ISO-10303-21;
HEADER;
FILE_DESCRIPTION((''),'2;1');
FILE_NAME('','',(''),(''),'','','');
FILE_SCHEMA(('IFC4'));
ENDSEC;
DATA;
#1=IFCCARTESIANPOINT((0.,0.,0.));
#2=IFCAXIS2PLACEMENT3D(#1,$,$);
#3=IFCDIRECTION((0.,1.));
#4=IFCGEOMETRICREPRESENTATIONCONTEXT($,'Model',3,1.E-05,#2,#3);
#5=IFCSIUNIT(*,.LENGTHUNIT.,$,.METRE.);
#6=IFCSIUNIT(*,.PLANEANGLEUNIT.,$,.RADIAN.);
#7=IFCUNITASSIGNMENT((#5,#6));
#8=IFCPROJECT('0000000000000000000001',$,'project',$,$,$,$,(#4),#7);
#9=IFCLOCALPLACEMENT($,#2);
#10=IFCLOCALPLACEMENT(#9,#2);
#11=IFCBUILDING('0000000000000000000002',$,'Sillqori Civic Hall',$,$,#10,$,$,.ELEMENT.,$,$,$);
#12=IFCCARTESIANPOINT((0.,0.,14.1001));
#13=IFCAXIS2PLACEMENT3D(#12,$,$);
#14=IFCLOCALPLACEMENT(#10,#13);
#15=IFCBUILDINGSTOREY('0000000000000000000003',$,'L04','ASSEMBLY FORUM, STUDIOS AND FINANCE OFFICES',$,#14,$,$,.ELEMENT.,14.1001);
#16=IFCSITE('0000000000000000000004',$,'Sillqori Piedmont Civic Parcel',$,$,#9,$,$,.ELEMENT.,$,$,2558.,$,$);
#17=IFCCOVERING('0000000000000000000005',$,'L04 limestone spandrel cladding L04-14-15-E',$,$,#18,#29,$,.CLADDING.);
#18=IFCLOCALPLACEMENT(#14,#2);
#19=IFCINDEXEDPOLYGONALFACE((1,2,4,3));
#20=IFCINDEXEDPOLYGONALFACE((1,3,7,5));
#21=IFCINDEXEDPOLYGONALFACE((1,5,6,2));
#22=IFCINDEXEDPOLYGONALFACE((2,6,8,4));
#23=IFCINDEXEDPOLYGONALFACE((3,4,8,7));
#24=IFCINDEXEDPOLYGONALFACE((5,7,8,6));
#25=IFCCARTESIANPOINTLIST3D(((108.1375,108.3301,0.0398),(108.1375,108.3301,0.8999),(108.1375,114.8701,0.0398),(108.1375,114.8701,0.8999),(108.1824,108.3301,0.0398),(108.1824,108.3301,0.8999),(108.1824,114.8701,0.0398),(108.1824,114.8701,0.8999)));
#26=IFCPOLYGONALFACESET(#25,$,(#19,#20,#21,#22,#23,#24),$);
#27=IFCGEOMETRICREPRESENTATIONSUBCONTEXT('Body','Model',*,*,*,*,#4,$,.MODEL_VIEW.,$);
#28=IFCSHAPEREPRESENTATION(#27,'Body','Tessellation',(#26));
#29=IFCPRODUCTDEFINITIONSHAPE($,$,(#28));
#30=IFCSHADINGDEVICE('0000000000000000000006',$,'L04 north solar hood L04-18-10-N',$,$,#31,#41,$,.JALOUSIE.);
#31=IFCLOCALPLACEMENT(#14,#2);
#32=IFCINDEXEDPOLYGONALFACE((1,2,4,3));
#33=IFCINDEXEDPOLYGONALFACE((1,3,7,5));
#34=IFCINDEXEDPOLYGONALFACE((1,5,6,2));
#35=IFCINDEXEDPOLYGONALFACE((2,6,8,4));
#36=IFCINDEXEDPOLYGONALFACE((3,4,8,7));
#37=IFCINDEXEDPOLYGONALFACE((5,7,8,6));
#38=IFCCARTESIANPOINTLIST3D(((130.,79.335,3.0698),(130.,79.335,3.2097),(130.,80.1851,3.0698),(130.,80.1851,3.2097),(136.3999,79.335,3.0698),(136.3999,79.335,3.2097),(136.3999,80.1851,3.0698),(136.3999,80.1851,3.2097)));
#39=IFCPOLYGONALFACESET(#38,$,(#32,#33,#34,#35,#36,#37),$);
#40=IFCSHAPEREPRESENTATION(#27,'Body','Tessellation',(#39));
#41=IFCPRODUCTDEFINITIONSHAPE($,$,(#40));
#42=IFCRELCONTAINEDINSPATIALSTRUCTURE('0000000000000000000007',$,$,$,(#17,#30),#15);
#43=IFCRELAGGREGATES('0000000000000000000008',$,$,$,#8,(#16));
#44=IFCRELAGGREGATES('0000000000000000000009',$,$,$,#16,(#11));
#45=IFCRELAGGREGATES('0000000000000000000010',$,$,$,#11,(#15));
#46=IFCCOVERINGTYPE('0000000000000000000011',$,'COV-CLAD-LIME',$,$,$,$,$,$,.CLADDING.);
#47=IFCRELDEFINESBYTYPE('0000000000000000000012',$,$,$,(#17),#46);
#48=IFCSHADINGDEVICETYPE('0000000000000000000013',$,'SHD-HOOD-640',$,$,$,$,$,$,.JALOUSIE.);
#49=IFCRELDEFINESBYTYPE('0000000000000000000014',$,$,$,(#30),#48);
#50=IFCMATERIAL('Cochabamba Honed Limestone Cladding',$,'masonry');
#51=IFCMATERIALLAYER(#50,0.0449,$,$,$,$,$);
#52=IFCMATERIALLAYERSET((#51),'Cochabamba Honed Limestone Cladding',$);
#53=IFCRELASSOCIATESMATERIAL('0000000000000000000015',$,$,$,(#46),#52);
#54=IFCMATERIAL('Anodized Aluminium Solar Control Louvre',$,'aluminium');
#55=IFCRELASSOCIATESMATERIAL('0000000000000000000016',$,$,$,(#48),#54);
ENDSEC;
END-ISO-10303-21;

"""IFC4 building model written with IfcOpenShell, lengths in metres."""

from ifc_helpers import new_model, si_unit, direction, frame, frame_2d, origin, origin_2d, place, context, subcontext, project, spatial, rectangle, extrude, material, layer, layer_set, type_object, element, save


model = new_model("IFC4")

# Units and contexts
model_context = context("Model", 3, precision=1e-05, world=origin(), true_north=direction((0.0, 1.0)))
body_context = subcontext(model_context, "Body", "Model", "MODEL_VIEW")
ifc_project = project(units=[si_unit("LENGTHUNIT", "METRE"), si_unit("PLANEANGLEUNIT", "RADIAN")], contexts=[model_context])

# Site, building, storey
site_placement = place(None, origin())
site = spatial("IfcSite", under=ifc_project, at=site_placement, Name="Sillqori Piedmont Civic Parcel", CompositionType="ELEMENT", RefElevation=2558.0)
building_placement = place(site_placement, origin())
building = spatial("IfcBuilding", under=site, at=building_placement, Name="Sillqori Civic Hall", CompositionType="ELEMENT")
storey_placement = place(building_placement, frame((0.0, 0.0, 14.1001)))
storey = spatial("IfcBuildingStorey", under=building, at=storey_placement, Name="L04", Description="ASSEMBLY FORUM, STUDIOS AND FINANCE OFFICES", CompositionType="ELEMENT", Elevation=14.1001)

# Covering
ifc_material_1 = material(Name="Cochabamba Honed Limestone Cladding", Category="masonry")
ifc_layer_1 = layer(ifc_material_1, 0.0449)
ifc_layer_set_1 = layer_set([ifc_layer_1], Name="Cochabamba Honed Limestone Cladding")
covering_type = type_object("IfcCoveringType", Name="COV-CLAD-LIME", PredefinedType="CLADDING", material=ifc_layer_set_1)
covering_1_placement = place(storey_placement, frame((108.1599, 114.8701, 0.0398), z_axis=(0.0, 0.0, 1.0), x_axis=(0.0, -1.0, 0.0)))
element("IfcCovering", 1, at=covering_1_placement, inside=storey, type_object=covering_type, Name="L04 limestone spandrel cladding L04-14-15-E", PredefinedType="CLADDING", context=body_context, shape_type="SweptSolid", body=[
    extrude(rectangle(XDim=6.54, YDim=0.0449, at=frame_2d((3.27, 0.0))), origin(), (0.0, 0.0, 1.0), 0.8601),
])

# Shading device
ifc_material_2 = material(Name="Anodized Aluminium Solar Control Louvre", Category="aluminium")
shading_device_type = type_object("IfcShadingDeviceType", Name="SHD-HOOD-640", PredefinedType="JALOUSIE", material=ifc_material_2)
shading_device_placement = place(storey_placement, frame((133.2, 79.76, 3.0698), z_axis=(0.0, 0.0, 1.0), x_axis=(1.0, 0.0, 0.0)))
element("IfcShadingDevice", 2, at=shading_device_placement, inside=storey, type_object=shading_device_type, Name="L04 north solar hood L04-18-10-N", PredefinedType="JALOUSIE", context=body_context, shape_type="SweptSolid", body=[
    extrude(rectangle(XDim=6.3999, YDim=0.8501, at=origin_2d()), origin(), (0.0, 0.0, 1.0), 0.1399),
])

save(model, "model.ifc")
